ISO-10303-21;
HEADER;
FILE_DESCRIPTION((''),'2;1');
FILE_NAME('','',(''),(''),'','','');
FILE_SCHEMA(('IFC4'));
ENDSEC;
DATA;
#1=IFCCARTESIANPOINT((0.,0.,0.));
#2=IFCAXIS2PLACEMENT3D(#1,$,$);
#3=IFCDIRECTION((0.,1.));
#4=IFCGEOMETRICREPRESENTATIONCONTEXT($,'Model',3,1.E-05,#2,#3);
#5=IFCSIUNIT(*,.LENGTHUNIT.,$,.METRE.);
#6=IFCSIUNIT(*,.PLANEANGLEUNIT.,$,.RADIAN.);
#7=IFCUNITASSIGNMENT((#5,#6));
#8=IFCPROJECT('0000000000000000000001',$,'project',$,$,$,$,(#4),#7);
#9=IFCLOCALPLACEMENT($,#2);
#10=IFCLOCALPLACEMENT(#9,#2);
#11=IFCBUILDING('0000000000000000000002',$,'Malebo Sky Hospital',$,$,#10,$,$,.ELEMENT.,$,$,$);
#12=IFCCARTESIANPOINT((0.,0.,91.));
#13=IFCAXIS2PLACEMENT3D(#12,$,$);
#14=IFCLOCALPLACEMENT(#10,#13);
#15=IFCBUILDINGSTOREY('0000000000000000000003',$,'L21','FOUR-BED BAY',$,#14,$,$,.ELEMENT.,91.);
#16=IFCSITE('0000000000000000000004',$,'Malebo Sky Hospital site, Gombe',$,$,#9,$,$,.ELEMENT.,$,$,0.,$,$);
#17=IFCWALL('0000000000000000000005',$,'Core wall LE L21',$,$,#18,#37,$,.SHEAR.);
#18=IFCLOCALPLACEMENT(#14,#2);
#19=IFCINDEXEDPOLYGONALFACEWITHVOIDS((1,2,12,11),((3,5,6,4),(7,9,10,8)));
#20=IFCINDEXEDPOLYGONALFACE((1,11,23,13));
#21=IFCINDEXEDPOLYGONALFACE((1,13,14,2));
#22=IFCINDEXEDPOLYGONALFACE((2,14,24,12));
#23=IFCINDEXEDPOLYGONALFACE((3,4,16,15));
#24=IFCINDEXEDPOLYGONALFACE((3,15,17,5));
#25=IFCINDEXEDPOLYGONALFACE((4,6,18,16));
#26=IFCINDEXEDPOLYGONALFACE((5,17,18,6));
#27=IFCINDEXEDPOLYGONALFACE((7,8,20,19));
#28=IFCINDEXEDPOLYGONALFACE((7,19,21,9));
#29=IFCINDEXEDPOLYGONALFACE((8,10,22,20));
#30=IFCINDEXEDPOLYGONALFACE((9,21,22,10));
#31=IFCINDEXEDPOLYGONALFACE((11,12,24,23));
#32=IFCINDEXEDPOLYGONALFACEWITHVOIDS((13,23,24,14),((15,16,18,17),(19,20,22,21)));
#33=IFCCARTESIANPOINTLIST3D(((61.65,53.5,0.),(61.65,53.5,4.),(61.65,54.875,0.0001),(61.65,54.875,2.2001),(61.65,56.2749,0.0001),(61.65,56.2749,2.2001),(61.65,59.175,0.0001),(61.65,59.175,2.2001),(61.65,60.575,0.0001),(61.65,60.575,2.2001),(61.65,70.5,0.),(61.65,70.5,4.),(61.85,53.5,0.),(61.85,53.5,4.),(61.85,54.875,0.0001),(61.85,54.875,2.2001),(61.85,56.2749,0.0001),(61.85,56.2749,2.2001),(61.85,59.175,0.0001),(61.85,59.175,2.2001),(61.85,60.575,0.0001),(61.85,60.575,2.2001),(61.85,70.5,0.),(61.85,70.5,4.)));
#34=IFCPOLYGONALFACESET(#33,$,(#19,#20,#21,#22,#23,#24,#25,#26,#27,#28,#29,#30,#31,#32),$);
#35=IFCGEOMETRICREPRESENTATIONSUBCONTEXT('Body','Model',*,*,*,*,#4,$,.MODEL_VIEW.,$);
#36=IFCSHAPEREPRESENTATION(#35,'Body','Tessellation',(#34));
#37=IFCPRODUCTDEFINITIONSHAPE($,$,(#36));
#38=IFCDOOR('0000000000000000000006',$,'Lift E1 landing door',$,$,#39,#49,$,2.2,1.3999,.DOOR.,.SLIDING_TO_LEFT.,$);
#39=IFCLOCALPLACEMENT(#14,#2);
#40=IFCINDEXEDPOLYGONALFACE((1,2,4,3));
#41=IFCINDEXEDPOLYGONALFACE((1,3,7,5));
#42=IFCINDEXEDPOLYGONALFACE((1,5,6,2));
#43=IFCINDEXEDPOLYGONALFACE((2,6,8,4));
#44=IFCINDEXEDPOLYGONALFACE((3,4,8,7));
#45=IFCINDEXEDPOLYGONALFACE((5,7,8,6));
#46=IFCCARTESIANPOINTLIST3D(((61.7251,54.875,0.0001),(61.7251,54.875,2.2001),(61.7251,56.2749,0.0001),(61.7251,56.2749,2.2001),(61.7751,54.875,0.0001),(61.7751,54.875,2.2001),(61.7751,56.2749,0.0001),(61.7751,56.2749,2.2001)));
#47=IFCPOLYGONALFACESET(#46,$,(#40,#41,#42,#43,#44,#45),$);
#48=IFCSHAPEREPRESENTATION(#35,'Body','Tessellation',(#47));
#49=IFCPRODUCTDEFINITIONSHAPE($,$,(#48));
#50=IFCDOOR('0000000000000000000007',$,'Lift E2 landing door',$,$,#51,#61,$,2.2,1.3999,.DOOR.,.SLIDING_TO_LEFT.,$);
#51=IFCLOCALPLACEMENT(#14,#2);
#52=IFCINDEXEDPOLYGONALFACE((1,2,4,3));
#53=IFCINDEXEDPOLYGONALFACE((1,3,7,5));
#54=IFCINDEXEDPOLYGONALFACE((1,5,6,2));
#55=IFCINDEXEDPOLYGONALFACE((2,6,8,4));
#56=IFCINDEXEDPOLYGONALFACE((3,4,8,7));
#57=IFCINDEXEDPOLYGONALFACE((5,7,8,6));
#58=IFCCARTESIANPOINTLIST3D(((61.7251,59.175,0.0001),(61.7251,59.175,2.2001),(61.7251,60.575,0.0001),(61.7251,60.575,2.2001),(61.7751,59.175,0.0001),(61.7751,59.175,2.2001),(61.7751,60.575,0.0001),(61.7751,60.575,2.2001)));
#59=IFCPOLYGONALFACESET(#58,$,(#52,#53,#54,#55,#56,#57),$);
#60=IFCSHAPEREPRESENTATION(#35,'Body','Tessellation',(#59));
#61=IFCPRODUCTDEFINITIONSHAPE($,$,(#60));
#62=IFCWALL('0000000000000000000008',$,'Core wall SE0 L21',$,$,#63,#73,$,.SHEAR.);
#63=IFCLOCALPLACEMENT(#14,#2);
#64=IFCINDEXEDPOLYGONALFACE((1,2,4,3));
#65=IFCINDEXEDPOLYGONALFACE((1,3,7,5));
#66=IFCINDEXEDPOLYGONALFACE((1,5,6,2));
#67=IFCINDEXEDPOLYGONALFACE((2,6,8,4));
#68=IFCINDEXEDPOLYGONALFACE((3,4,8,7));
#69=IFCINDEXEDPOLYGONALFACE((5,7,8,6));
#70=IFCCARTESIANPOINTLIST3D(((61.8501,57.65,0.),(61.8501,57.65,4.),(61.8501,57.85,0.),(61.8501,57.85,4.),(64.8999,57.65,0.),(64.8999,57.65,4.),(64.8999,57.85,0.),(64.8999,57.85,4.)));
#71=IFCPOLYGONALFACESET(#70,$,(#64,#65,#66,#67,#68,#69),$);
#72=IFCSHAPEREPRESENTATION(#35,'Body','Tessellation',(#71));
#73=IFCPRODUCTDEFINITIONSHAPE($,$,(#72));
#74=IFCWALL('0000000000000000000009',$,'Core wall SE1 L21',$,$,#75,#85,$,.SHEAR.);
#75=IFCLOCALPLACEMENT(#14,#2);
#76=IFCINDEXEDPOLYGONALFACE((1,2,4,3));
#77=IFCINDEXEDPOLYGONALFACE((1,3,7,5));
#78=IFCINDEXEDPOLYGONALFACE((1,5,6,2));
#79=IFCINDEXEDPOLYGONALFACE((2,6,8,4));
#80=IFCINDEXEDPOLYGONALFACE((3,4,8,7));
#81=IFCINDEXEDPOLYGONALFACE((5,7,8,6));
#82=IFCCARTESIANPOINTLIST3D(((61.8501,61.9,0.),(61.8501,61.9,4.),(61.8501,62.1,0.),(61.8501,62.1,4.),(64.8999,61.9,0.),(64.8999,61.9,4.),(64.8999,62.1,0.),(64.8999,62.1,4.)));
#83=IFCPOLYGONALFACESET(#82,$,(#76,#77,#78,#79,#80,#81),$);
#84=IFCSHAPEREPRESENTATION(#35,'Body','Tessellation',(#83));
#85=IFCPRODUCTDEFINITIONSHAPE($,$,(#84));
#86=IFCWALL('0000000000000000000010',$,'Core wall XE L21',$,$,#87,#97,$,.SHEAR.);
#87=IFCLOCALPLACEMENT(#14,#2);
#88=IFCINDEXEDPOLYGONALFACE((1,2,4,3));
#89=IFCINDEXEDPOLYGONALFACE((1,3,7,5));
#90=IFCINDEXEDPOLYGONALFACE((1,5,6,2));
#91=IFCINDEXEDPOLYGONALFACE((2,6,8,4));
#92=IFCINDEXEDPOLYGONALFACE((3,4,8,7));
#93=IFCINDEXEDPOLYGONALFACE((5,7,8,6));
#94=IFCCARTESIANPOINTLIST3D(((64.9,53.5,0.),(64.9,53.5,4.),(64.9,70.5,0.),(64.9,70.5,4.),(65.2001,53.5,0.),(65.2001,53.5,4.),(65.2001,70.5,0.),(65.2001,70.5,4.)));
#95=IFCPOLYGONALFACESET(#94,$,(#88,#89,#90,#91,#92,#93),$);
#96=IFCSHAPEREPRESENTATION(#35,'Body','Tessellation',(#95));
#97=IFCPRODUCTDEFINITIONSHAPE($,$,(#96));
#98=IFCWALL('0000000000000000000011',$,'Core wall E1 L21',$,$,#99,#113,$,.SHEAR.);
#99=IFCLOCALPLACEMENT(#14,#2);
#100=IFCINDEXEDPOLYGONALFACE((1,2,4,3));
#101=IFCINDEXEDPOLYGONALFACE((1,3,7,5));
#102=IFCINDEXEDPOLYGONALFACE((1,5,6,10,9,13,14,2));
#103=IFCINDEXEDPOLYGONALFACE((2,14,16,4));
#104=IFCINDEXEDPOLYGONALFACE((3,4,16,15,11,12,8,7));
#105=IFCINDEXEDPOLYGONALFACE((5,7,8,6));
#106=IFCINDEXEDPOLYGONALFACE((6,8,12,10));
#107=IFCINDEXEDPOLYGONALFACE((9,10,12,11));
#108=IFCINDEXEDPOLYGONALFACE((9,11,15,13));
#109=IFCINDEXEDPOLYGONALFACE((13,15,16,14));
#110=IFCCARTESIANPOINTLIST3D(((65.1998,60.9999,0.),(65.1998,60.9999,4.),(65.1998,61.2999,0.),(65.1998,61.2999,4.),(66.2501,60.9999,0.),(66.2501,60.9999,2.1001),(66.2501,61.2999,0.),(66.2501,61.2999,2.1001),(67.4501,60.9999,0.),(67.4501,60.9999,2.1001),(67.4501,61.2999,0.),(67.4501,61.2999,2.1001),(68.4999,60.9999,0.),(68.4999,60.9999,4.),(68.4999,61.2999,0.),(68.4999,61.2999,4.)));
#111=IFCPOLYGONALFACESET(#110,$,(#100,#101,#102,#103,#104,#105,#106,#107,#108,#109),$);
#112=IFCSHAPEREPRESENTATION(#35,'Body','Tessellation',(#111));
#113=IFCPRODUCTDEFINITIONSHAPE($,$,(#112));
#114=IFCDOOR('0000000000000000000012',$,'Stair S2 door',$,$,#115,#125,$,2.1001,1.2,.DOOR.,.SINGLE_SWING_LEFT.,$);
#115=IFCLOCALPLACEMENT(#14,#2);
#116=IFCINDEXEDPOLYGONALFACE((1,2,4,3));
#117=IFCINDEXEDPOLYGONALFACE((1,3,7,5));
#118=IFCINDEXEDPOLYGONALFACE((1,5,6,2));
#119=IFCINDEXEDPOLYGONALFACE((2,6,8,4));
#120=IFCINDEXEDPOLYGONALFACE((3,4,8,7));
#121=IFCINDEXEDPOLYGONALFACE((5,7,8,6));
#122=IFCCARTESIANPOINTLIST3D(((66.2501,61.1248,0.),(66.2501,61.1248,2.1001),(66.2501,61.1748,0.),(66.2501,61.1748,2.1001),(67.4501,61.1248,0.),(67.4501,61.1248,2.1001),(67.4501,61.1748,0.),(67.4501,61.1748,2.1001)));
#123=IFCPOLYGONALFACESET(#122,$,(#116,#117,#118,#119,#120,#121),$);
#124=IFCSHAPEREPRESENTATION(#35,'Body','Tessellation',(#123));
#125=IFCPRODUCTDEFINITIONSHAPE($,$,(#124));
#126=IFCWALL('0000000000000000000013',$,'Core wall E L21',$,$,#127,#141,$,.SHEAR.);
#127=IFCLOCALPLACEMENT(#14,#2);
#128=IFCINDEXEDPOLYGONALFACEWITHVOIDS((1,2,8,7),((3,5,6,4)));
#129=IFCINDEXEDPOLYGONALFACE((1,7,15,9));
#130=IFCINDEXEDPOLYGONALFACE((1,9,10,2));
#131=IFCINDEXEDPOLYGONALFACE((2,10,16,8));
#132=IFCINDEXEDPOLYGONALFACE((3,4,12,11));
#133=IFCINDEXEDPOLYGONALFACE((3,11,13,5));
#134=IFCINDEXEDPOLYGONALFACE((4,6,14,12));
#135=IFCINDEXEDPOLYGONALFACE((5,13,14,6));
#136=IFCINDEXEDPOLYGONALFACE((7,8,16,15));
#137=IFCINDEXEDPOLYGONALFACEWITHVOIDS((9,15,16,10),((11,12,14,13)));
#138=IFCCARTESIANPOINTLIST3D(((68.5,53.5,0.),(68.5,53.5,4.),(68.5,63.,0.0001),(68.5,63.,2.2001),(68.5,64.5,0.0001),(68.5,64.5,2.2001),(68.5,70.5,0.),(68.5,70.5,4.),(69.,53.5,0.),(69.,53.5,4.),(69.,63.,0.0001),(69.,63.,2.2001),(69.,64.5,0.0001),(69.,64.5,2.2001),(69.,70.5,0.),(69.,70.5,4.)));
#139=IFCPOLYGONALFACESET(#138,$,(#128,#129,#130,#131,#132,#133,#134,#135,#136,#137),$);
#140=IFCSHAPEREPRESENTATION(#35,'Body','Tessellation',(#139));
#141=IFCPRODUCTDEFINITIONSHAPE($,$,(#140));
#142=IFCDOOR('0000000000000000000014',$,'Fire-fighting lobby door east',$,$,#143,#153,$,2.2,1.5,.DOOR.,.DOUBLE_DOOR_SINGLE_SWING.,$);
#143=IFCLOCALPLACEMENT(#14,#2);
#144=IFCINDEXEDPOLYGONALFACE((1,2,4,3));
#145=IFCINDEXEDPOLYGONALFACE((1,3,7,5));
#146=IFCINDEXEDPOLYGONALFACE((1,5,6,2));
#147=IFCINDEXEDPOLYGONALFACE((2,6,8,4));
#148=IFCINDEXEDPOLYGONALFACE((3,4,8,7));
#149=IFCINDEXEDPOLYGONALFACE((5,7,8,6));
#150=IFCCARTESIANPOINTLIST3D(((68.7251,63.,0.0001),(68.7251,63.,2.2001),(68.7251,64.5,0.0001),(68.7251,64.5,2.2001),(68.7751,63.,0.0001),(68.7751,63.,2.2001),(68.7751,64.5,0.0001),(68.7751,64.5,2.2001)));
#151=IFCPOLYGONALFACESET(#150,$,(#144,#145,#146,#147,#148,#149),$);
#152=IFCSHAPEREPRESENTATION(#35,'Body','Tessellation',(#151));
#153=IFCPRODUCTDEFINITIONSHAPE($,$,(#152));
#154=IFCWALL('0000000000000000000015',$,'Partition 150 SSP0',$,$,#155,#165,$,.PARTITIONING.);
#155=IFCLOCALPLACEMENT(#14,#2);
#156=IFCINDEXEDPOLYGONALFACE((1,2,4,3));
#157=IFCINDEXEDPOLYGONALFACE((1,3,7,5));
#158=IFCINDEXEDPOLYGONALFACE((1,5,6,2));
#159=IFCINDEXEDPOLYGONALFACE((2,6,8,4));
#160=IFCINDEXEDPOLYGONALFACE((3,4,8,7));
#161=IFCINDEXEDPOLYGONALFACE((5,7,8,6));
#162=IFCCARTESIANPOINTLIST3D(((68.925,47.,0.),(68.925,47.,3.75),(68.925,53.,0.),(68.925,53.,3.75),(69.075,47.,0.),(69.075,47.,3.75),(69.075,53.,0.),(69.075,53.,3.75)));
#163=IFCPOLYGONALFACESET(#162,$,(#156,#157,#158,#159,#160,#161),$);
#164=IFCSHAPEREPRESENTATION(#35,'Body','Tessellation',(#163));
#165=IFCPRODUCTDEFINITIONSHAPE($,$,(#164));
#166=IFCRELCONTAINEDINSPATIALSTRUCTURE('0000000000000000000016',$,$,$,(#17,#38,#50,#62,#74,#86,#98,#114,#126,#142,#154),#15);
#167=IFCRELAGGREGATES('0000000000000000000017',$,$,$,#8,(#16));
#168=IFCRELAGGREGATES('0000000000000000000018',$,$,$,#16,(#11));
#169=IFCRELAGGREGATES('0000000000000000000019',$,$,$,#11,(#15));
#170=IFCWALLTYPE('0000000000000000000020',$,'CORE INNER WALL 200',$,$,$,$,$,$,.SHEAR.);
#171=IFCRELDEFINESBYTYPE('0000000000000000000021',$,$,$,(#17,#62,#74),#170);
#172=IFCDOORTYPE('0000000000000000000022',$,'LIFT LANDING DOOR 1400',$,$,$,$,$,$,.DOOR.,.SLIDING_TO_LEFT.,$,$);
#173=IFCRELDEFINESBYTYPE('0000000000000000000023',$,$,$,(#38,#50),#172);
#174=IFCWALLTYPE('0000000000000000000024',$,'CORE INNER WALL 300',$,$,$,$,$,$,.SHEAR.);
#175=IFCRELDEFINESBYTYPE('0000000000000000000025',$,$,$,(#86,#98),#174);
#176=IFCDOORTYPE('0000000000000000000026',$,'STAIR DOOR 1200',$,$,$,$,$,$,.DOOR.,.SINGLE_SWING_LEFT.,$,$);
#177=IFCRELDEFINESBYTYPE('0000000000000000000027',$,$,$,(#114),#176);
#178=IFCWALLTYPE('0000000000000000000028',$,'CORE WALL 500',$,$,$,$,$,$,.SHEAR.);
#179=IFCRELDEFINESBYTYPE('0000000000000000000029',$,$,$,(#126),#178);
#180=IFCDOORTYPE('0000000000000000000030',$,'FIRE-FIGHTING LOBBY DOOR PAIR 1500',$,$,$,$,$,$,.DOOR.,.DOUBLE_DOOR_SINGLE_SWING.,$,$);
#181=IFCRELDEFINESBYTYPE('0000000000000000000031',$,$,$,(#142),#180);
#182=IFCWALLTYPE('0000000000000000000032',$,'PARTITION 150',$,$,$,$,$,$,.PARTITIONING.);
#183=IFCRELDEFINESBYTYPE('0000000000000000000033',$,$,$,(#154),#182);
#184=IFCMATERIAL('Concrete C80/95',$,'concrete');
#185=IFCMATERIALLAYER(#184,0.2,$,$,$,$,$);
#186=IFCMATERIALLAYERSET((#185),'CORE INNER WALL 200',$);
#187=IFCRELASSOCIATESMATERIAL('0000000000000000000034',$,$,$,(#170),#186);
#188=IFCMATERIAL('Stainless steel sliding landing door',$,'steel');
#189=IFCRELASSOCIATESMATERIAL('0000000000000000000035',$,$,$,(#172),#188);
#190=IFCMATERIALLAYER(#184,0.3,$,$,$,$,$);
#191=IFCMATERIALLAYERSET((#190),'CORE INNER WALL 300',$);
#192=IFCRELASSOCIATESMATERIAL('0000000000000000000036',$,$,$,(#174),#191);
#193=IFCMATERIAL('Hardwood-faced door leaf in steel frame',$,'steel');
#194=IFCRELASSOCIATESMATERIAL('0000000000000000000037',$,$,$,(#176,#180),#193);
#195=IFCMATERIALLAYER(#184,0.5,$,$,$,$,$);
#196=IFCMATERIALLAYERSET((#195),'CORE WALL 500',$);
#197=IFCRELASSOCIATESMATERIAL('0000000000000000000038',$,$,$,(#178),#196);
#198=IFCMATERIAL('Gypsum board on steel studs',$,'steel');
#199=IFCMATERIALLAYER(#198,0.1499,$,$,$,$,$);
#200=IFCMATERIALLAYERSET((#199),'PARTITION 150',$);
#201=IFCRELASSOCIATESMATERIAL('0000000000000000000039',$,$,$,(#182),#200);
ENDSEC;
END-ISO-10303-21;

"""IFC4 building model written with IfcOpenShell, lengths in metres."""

from ifc_helpers import new_model, si_unit, direction, frame, frame_2d, origin, place, context, subcontext, project, spatial, rectangle, extrude, material, layer, layer_set, type_object, element, fill, save


model = new_model("IFC4")

# Units and contexts
model_context = context("Model", 3, precision=1e-05, world=origin(), true_north=direction((0.0, 1.0)))
body_context = subcontext(model_context, "Body", "Model", "MODEL_VIEW")
ifc_project = project(units=[si_unit("LENGTHUNIT", "METRE"), si_unit("PLANEANGLEUNIT", "RADIAN")], contexts=[model_context])

# Site, building, storey
site_placement = place(None, origin())
site = spatial("IfcSite", under=ifc_project, at=site_placement, Name="Malebo Sky Hospital site, Gombe", CompositionType="ELEMENT", RefElevation=0.0)
building_placement = place(site_placement, origin())
building = spatial("IfcBuilding", under=site, at=building_placement, Name="Malebo Sky Hospital", CompositionType="ELEMENT")
storey_placement = place(building_placement, frame((0.0, 0.0, 91.0)))
storey = spatial("IfcBuildingStorey", under=building, at=storey_placement, Name="L21", Description="FOUR-BED BAY", CompositionType="ELEMENT", Elevation=91.0)

# Wall, openings, doors
ifc_material_1 = material(Name="Concrete C80/95", Category="concrete")
ifc_layer_1 = layer(ifc_material_1, 0.2)
ifc_layer_set_1 = layer_set([ifc_layer_1], Name="CORE INNER WALL 200")
wall_type_1 = type_object("IfcWallType", Name="CORE INNER WALL 200", PredefinedType="SHEAR", material=ifc_layer_set_1)
wall_1_placement = place(storey_placement, frame((61.75, 53.5, 0.0), z_axis=(0.0, 0.0, 1.0), x_axis=(0.0, 1.0, 0.0)))
wall_1 = element("IfcWall", 1, at=wall_1_placement, inside=storey, type_object=wall_type_1, Name="Core wall LE L21", PredefinedType="SHEAR", context=body_context, shape_type="SweptSolid", body=[
    extrude(rectangle(XDim=17.0, YDim=0.2, at=frame_2d((8.5, 0.0))), origin(), (0.0, 0.0, 1.0), 4.0),
])
opening_1_placement = place(wall_1_placement, frame((1.375, 0.0, 0.0)))
opening_1 = element("IfcOpeningElement", 2, at=opening_1_placement, cuts=wall_1, PredefinedType="OPENING", context=body_context, shape_type="SweptSolid", body=[
    extrude(rectangle(XDim=1.3999, YDim=2.2, at=frame_2d((0.7, 1.1001))), frame((0.0, 0.1099, 0.0), z_axis=(0.0, -1.0, 0.0), x_axis=(1.0, 0.0, 0.0)), (0.0, 0.0, 1.0), 0.22),
])
opening_2_placement = place(wall_1_placement, frame((5.675, 0.0, 0.0)))
opening_2 = element("IfcOpeningElement", 3, at=opening_2_placement, cuts=wall_1, PredefinedType="OPENING", context=body_context, shape_type="SweptSolid", body=[
    extrude(rectangle(XDim=1.3999, YDim=2.2, at=frame_2d((0.7, 1.1001))), frame((0.0, 0.1099, 0.0), z_axis=(0.0, -1.0, 0.0), x_axis=(1.0, 0.0, 0.0)), (0.0, 0.0, 1.0), 0.22),
])
ifc_material_2 = material(Name="Stainless steel sliding landing door", Category="steel")
door_type_1 = type_object("IfcDoorType", Name="LIFT LANDING DOOR 1400", OperationType="SLIDING_TO_LEFT", PredefinedType="DOOR", material=ifc_material_2)
door_1_placement = place(opening_1_placement, origin())
door_1 = element("IfcDoor", 4, at=door_1_placement, inside=storey, type_object=door_type_1, Name="Lift E1 landing door", OperationType="SLIDING_TO_LEFT", OverallHeight=2.2, OverallWidth=1.3999, PredefinedType="DOOR", context=body_context, shape_type="SweptSolid", body=[
    extrude(rectangle(XDim=1.3999, YDim=2.2, at=frame_2d((0.7, 1.1001))), frame((0.0, 0.0249, 0.0), z_axis=(0.0, -1.0, 0.0), x_axis=(1.0, 0.0, 0.0)), (0.0, 0.0, 1.0), 0.05),
])
fill(opening_1, door_1)
door_2_placement = place(opening_2_placement, origin())
door_2 = element("IfcDoor", 5, at=door_2_placement, inside=storey, type_object=door_type_1, Name="Lift E2 landing door", OperationType="SLIDING_TO_LEFT", OverallHeight=2.2, OverallWidth=1.3999, PredefinedType="DOOR", context=body_context, shape_type="SweptSolid", body=[
    extrude(rectangle(XDim=1.3999, YDim=2.2, at=frame_2d((0.7, 1.1001))), frame((0.0, 0.0249, 0.0), z_axis=(0.0, -1.0, 0.0), x_axis=(1.0, 0.0, 0.0)), (0.0, 0.0, 1.0), 0.05),
])
fill(opening_2, door_2)

# Walls
for number, where, z_axis, x_axis, name in (
    (6, (61.8501, 57.75, 0.0), (0.0, 0.0, 1.0), (1.0, 0.0, 0.0), "Core wall SE0 L21"),
    (7, (61.8501, 62.0, 0.0), (0.0, 0.0, 1.0), (1.0, 0.0, 0.0), "Core wall SE1 L21"),
):
    element("IfcWall", number, at=place(storey_placement, frame(where, z_axis=z_axis, x_axis=x_axis)), inside=storey, type_object=wall_type_1, Name=name, PredefinedType="SHEAR", context=body_context, shape_type="SweptSolid", body=[
        extrude(rectangle(XDim=3.0498, YDim=0.2, at=frame_2d((1.5249, 0.0))), origin(), (0.0, 0.0, 1.0), 4.0),
    ])
ifc_layer_2 = layer(ifc_material_1, 0.3)
ifc_layer_set_2 = layer_set([ifc_layer_2], Name="CORE INNER WALL 300")
wall_type_2 = type_object("IfcWallType", Name="CORE INNER WALL 300", PredefinedType="SHEAR", material=ifc_layer_set_2)
wall_2_placement = place(storey_placement, frame((65.05, 53.5, 0.0), z_axis=(0.0, 0.0, 1.0), x_axis=(0.0, 1.0, 0.0)))
element("IfcWall", 8, at=wall_2_placement, inside=storey, type_object=wall_type_2, Name="Core wall XE L21", PredefinedType="SHEAR", context=body_context, shape_type="SweptSolid", body=[
    extrude(rectangle(XDim=17.0, YDim=0.3, at=frame_2d((8.5, 0.0))), origin(), (0.0, 0.0, 1.0), 4.0),
])

# Walls, openings, doors
wall_3_placement = place(storey_placement, frame((65.2, 61.1499, 0.0), z_axis=(0.0, 0.0, 1.0), x_axis=(1.0, 0.0, 0.0)))
wall_3 = element("IfcWall", 9, at=wall_3_placement, inside=storey, type_object=wall_type_2, Name="Core wall E1 L21", PredefinedType="SHEAR", context=body_context, shape_type="SweptSolid", body=[
    extrude(rectangle(XDim=3.3, YDim=0.3, at=frame_2d((1.6499, 0.0))), origin(), (0.0, 0.0, 1.0), 4.0),
])
opening_3_placement = place(wall_3_placement, frame((1.05, 0.0, 0.0)))
opening_3 = element("IfcOpeningElement", 10, at=opening_3_placement, cuts=wall_3, PredefinedType="OPENING", context=body_context, shape_type="SweptSolid", body=[
    extrude(rectangle(XDim=1.2, YDim=2.1001, at=frame_2d((0.6001, 1.05))), frame((0.0, 0.1599, 0.0), z_axis=(0.0, -1.0, 0.0), x_axis=(1.0, 0.0, 0.0)), (0.0, 0.0, 1.0), 0.3201),
])
ifc_material_3 = material(Name="Hardwood-faced door leaf in steel frame", Category="steel")
door_type_2 = type_object("IfcDoorType", Name="STAIR DOOR 1200", OperationType="SINGLE_SWING_LEFT", PredefinedType="DOOR", material=ifc_material_3)
door_3_placement = place(opening_3_placement, origin())
door_3 = element("IfcDoor", 11, at=door_3_placement, inside=storey, type_object=door_type_2, Name="Stair S2 door", OperationType="SINGLE_SWING_LEFT", OverallHeight=2.1001, OverallWidth=1.2, PredefinedType="DOOR", context=body_context, shape_type="SweptSolid", body=[
    extrude(rectangle(XDim=1.2, YDim=2.1001, at=frame_2d((0.6001, 1.05))), frame((0.0, 0.0249, 0.0), z_axis=(0.0, -1.0, 0.0), x_axis=(1.0, 0.0, 0.0)), (0.0, 0.0, 1.0), 0.05),
])
fill(opening_3, door_3)
ifc_layer_3 = layer(ifc_material_1, 0.5)
ifc_layer_set_3 = layer_set([ifc_layer_3], Name="CORE WALL 500")
wall_type_3 = type_object("IfcWallType", Name="CORE WALL 500", PredefinedType="SHEAR", material=ifc_layer_set_3)
wall_4_placement = place(storey_placement, frame((68.75, 53.5, 0.0), z_axis=(0.0, 0.0, 1.0), x_axis=(0.0, 1.0, 0.0)))
wall_4 = element("IfcWall", 12, at=wall_4_placement, inside=storey, type_object=wall_type_3, Name="Core wall E L21", PredefinedType="SHEAR", context=body_context, shape_type="SweptSolid", body=[
    extrude(rectangle(XDim=17.0, YDim=0.5, at=frame_2d((8.5, 0.0))), origin(), (0.0, 0.0, 1.0), 4.0),
])
opening_4_placement = place(wall_4_placement, frame((9.5, 0.0, 0.0)))
opening_4 = element("IfcOpeningElement", 13, at=opening_4_placement, cuts=wall_4, PredefinedType="OPENING", context=body_context, shape_type="SweptSolid", body=[
    extrude(rectangle(XDim=1.5, YDim=2.2, at=frame_2d((0.75, 1.1001))), frame((0.0, 0.26, 0.0), z_axis=(0.0, -1.0, 0.0), x_axis=(1.0, 0.0, 0.0)), (0.0, 0.0, 1.0), 0.52),
])
door_type_3 = type_object("IfcDoorType", Name="FIRE-FIGHTING LOBBY DOOR PAIR 1500", OperationType="DOUBLE_DOOR_SINGLE_SWING", PredefinedType="DOOR", material=ifc_material_3)
door_4_placement = place(opening_4_placement, origin())
door_4 = element("IfcDoor", 14, at=door_4_placement, inside=storey, type_object=door_type_3, Name="Fire-fighting lobby door east", OperationType="DOUBLE_DOOR_SINGLE_SWING", OverallHeight=2.2, OverallWidth=1.5, PredefinedType="DOOR", context=body_context, shape_type="SweptSolid", body=[
    extrude(rectangle(XDim=1.5, YDim=2.2, at=frame_2d((0.75, 1.1001))), frame((0.0, 0.0249, 0.0), z_axis=(0.0, -1.0, 0.0), x_axis=(1.0, 0.0, 0.0)), (0.0, 0.0, 1.0), 0.05),
])
fill(opening_4, door_4)

# Wall
ifc_material_4 = material(Name="Gypsum board on steel studs", Category="steel")
ifc_layer_4 = layer(ifc_material_4, 0.1499)
ifc_layer_set_4 = layer_set([ifc_layer_4], Name="PARTITION 150")
wall_type_4 = type_object("IfcWallType", Name="PARTITION 150", PredefinedType="PARTITIONING", material=ifc_layer_set_4)
wall_5_placement = place(storey_placement, frame((69.0, 53.0, 0.0), z_axis=(0.0, 0.0, 1.0), x_axis=(0.0, -1.0, 0.0)))
element("IfcWall", 15, at=wall_5_placement, inside=storey, type_object=wall_type_4, Name="Partition 150 SSP0", PredefinedType="PARTITIONING", context=body_context, shape_type="SweptSolid", body=[
    extrude(rectangle(XDim=6.0, YDim=0.1499, at=frame_2d((3.0, 0.0))), origin(), (0.0, 0.0, 1.0), 3.75),
])

save(model, "model.ifc")
